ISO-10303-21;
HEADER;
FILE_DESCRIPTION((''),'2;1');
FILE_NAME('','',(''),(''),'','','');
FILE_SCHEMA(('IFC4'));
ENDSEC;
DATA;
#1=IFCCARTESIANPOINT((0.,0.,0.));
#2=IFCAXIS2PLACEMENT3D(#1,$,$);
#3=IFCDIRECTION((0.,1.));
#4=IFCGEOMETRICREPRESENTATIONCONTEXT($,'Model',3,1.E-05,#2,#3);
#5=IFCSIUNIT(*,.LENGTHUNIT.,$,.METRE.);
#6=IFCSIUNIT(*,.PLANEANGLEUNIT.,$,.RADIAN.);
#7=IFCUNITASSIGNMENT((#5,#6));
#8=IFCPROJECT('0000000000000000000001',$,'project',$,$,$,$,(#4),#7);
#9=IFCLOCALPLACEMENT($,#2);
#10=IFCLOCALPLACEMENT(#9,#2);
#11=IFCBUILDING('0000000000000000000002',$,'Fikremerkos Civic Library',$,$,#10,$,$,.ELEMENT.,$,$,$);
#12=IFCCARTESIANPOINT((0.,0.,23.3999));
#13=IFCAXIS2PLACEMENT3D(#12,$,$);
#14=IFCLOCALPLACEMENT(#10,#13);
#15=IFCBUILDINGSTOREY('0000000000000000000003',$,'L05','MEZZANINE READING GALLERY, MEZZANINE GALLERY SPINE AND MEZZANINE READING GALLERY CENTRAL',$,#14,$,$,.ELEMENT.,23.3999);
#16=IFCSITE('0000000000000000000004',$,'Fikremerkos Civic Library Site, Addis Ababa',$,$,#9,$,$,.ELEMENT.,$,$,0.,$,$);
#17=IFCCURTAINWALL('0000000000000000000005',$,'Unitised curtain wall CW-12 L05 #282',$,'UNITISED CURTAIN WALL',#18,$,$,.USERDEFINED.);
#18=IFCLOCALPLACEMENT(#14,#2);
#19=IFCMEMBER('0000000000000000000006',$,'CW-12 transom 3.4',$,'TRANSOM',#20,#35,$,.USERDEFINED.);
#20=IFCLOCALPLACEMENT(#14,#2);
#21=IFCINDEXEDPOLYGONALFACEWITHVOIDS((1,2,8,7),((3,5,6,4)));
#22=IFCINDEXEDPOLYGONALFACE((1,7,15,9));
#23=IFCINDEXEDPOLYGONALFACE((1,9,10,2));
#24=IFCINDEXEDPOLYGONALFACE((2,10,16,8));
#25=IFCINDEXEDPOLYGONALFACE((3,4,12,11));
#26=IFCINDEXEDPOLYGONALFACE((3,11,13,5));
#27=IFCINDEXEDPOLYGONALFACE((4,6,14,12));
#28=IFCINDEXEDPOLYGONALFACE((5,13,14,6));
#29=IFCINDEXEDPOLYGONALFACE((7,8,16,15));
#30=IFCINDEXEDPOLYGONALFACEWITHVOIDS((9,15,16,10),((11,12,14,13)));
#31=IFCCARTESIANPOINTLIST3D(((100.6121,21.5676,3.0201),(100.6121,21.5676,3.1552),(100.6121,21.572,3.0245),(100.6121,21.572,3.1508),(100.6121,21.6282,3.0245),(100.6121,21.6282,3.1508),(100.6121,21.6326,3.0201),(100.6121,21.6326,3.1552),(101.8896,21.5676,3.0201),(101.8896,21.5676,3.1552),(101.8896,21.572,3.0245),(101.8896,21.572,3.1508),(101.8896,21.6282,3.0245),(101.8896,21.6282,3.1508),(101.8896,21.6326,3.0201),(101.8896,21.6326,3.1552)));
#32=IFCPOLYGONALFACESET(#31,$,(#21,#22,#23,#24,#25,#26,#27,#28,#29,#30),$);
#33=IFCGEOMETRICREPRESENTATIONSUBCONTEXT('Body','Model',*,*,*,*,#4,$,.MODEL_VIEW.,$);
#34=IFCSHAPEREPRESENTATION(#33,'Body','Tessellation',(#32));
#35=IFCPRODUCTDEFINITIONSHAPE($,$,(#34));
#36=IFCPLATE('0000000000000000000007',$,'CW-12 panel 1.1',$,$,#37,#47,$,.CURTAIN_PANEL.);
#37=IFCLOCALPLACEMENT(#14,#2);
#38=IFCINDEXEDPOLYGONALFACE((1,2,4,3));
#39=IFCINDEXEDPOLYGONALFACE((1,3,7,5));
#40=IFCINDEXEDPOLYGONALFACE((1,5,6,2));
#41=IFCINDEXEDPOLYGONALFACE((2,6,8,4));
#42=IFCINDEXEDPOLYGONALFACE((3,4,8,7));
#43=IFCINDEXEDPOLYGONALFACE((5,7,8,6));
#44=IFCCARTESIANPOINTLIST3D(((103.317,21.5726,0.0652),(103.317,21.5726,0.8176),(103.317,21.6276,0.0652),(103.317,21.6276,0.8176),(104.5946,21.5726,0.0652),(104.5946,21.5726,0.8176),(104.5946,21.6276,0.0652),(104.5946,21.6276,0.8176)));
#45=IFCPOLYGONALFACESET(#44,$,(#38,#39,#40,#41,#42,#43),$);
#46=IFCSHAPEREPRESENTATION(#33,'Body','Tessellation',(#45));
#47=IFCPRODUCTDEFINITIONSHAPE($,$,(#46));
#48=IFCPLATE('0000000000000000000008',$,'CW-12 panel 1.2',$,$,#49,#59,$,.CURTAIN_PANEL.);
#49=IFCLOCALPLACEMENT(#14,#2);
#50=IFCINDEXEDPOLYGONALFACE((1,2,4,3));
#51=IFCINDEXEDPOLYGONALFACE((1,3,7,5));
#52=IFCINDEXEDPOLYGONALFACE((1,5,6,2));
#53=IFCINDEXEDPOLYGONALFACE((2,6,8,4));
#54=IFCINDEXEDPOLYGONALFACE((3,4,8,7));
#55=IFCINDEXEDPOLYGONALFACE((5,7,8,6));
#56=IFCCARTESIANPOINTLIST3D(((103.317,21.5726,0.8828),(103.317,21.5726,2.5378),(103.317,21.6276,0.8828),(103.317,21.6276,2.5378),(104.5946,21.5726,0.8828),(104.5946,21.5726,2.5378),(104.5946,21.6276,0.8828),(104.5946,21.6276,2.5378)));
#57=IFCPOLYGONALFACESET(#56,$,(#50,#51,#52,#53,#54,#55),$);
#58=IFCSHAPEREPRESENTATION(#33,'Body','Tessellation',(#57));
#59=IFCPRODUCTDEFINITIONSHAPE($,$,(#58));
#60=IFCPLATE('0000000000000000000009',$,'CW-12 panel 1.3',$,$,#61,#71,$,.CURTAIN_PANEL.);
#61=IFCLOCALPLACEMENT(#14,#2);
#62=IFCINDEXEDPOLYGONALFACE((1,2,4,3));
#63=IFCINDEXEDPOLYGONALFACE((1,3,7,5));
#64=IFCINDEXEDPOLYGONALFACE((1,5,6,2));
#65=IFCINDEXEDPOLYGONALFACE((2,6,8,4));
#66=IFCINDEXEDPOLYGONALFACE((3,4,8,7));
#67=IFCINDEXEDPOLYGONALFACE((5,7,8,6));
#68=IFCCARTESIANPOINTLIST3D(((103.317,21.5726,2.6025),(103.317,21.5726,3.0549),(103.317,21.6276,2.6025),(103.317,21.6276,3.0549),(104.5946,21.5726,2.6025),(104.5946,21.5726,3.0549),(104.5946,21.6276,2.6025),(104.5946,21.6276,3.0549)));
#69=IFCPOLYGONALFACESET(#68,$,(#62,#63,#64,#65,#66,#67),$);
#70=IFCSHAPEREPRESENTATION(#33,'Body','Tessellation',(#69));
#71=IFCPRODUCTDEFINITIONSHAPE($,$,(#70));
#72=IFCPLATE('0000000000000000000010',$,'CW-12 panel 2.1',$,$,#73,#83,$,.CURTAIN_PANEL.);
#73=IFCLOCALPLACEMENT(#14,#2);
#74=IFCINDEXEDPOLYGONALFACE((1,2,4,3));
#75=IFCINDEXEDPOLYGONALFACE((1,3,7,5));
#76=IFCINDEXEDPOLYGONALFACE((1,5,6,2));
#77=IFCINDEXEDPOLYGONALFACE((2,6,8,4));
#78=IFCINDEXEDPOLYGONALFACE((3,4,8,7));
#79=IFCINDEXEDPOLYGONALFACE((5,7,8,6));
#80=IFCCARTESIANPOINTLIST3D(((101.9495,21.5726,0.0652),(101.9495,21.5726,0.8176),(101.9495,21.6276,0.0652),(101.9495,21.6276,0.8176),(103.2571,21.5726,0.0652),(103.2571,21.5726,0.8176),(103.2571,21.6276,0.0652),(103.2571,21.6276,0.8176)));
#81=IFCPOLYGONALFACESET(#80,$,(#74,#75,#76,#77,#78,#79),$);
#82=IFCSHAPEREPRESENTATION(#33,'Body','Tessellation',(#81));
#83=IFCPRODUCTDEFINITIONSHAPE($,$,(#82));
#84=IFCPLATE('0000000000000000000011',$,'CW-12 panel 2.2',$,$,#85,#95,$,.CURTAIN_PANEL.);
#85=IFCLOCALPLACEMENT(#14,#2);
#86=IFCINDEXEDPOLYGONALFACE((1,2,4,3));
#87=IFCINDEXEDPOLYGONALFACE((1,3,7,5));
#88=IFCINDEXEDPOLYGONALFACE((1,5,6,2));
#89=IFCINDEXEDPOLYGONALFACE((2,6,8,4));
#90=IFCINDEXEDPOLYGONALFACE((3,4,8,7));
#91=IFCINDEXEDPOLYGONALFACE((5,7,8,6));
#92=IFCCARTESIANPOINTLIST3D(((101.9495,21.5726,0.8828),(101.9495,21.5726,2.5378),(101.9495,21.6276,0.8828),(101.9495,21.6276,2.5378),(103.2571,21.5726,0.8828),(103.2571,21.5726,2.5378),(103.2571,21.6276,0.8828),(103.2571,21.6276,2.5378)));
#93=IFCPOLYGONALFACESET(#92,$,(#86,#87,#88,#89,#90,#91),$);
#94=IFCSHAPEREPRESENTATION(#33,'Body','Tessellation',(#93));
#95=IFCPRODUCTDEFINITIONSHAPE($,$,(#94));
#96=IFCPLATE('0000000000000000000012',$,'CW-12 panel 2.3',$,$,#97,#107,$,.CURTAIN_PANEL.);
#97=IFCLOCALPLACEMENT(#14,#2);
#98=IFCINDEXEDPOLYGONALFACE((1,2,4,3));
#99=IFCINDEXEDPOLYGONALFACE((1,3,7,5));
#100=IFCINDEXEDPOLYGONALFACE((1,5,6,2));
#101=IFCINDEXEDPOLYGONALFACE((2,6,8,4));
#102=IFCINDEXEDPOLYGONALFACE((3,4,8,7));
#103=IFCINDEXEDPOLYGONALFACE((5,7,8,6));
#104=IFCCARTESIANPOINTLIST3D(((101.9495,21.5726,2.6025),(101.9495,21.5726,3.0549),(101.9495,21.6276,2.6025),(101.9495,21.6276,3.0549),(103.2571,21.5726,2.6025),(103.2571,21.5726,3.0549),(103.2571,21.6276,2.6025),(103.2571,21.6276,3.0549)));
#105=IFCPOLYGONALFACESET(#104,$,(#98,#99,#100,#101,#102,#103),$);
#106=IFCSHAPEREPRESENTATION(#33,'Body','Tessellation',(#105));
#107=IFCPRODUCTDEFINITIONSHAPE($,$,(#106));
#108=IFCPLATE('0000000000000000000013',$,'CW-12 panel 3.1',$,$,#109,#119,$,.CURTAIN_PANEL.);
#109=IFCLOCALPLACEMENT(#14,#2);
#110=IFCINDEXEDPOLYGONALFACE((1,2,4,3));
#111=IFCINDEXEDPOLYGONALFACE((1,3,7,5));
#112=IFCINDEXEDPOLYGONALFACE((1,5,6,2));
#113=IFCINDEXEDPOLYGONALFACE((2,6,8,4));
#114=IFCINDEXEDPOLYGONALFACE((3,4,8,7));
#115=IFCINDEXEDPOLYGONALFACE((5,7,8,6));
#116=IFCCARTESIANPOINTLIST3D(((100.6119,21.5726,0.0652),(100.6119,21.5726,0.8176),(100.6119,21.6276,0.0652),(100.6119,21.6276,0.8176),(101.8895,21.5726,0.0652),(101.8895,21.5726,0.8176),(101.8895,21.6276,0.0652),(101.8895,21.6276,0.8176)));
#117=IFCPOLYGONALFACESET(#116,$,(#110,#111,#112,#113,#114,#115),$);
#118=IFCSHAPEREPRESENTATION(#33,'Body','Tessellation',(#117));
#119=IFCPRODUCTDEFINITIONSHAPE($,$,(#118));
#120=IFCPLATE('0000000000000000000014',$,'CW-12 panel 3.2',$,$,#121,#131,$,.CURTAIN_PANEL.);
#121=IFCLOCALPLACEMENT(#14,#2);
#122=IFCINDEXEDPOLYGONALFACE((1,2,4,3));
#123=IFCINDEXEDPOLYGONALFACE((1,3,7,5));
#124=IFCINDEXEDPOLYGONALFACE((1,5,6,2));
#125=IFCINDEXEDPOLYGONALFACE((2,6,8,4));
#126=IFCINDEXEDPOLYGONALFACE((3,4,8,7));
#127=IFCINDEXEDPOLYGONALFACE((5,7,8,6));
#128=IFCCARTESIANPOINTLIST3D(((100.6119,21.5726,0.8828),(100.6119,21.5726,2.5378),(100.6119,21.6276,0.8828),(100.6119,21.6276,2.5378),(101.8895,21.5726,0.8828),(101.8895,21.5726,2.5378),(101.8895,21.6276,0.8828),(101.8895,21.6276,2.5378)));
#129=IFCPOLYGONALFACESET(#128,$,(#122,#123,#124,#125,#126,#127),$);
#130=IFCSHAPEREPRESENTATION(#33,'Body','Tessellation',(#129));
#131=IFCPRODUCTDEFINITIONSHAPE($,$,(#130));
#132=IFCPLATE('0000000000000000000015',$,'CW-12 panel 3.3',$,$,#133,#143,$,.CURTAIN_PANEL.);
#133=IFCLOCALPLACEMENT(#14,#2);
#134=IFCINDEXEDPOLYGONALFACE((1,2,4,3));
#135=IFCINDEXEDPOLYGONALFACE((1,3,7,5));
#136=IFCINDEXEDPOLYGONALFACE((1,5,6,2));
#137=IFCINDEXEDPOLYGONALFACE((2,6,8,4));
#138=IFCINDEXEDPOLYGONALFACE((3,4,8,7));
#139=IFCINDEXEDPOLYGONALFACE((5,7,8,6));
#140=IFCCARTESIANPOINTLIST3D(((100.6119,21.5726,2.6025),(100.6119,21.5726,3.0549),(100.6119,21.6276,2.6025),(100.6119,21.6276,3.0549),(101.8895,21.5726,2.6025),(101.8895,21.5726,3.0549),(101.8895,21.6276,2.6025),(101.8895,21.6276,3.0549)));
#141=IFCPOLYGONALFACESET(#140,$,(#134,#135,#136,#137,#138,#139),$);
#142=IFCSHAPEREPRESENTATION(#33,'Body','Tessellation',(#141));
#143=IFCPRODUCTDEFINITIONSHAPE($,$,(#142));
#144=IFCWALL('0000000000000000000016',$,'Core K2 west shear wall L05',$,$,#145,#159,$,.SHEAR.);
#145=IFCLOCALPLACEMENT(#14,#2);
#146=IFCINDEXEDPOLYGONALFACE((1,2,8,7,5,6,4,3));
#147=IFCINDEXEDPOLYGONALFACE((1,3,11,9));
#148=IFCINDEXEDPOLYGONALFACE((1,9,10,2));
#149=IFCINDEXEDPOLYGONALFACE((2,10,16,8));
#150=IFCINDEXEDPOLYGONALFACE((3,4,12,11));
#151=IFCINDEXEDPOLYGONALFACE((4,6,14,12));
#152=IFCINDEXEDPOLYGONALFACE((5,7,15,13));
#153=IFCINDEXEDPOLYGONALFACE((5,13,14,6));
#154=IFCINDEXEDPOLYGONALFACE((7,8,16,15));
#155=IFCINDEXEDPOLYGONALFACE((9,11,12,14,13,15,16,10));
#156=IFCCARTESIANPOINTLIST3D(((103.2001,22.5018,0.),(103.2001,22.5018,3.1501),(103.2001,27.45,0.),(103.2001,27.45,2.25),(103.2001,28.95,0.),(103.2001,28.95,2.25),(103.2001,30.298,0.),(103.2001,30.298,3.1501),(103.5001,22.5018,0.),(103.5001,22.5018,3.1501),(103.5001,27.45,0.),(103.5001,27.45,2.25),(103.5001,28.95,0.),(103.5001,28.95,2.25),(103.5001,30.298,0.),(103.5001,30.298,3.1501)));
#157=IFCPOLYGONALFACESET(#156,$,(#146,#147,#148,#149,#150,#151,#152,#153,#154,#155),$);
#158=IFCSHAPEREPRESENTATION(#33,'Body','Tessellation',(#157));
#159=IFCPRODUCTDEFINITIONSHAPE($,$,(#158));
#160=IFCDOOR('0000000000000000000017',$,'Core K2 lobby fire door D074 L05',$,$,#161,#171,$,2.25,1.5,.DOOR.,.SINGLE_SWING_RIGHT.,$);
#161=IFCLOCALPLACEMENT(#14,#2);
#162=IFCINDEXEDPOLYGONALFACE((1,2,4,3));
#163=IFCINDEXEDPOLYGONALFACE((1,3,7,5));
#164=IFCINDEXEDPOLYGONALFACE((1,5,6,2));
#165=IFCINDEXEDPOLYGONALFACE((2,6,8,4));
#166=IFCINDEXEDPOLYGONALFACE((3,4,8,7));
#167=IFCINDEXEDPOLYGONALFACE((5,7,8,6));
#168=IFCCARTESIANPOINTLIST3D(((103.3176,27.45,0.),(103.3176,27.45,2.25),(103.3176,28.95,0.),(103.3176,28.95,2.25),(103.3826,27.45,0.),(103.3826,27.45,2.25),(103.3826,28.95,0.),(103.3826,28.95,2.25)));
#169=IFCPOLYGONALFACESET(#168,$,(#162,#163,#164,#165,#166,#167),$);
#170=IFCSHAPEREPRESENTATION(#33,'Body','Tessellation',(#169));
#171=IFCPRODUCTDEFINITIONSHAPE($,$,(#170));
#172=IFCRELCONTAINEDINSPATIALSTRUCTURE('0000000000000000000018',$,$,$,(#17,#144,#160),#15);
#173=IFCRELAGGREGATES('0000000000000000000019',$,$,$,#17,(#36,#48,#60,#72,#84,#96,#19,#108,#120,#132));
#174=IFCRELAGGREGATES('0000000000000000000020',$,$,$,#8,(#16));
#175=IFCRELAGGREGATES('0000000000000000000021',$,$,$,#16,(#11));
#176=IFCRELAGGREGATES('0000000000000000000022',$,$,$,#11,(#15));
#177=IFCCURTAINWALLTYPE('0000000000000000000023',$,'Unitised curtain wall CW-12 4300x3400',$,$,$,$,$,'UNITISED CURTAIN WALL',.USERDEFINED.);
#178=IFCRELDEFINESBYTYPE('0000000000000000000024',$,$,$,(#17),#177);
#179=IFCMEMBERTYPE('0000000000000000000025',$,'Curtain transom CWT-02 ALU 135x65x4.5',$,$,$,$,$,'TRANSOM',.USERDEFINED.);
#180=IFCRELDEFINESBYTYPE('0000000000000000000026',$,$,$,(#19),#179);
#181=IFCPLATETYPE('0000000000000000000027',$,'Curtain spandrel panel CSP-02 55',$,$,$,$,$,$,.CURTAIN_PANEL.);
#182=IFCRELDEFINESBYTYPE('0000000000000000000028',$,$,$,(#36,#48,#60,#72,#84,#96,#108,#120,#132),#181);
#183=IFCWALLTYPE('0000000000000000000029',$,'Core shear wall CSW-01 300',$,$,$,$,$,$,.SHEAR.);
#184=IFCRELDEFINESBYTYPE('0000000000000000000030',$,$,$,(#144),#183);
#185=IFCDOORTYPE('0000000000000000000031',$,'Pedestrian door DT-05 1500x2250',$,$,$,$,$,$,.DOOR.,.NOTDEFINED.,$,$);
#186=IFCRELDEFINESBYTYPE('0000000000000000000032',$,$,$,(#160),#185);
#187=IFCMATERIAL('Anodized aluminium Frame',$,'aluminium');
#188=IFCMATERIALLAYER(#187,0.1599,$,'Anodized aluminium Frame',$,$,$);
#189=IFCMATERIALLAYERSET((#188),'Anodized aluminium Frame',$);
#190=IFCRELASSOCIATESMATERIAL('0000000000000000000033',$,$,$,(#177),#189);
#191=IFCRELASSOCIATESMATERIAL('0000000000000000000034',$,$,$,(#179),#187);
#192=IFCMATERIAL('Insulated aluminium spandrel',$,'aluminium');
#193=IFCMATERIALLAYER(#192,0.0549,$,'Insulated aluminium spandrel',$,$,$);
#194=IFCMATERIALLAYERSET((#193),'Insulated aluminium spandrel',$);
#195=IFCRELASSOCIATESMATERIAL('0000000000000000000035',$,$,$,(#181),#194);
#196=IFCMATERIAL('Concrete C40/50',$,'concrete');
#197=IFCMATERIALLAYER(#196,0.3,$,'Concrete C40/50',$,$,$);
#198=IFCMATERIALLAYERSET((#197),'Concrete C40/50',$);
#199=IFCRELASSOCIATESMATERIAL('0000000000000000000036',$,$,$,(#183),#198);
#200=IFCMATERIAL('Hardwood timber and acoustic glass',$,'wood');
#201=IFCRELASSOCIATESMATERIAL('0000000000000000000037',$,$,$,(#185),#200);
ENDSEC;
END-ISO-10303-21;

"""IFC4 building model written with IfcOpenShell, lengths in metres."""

from ifc_helpers import new_model, si_unit, direction, frame, frame_2d, origin, origin_2d, place, context, subcontext, project, spatial, rectangle, hollow_rectangle, extrude, material, layer, layer_set, material_profile, profile_set, type_object, element, fill, aggregate, save


model = new_model("IFC4")

# Units and contexts
model_context = context("Model", 3, precision=1e-05, world=origin(), true_north=direction((0.0, 1.0)))
body_context = subcontext(model_context, "Body", "Model", "MODEL_VIEW")
ifc_project = project(units=[si_unit("LENGTHUNIT", "METRE"), si_unit("PLANEANGLEUNIT", "RADIAN")], contexts=[model_context])

# Site, building, storey
site_placement = place(None, origin())
site = spatial("IfcSite", under=ifc_project, at=site_placement, Name="Fikremerkos Civic Library Site, Addis Ababa", CompositionType="ELEMENT", RefElevation=0.0)
building_placement = place(site_placement, origin())
building = spatial("IfcBuilding", under=site, at=building_placement, Name="Fikremerkos Civic Library", CompositionType="ELEMENT")
storey_placement = place(building_placement, frame((0.0, 0.0, 23.3999)))
storey = spatial("IfcBuildingStorey", under=building, at=storey_placement, Name="L05", Description="MEZZANINE READING GALLERY, MEZZANINE GALLERY SPINE AND MEZZANINE READING GALLERY CENTRAL", CompositionType="ELEMENT", Elevation=23.3999)

# Curtain wall, member, plates
ifc_material_1 = material(Name="Anodized aluminium Frame", Category="aluminium")
ifc_layer_1 = layer(ifc_material_1, 0.1599, Name="Anodized aluminium Frame")
ifc_layer_set_1 = layer_set([ifc_layer_1], Name="Anodized aluminium Frame")
curtain_wall_type = type_object("IfcCurtainWallType", Name="Unitised curtain wall CW-12 4300x3400", ElementType="UNITISED CURTAIN WALL", PredefinedType="USERDEFINED", material=ifc_layer_set_1)
curtain_wall_placement = place(storey_placement, origin())
curtain_wall = element("IfcCurtainWall", 1, at=curtain_wall_placement, inside=storey, type_object=curtain_wall_type, Name="Unitised curtain wall CW-12 L05 #282", ObjectType="UNITISED CURTAIN WALL", PredefinedType="USERDEFINED")
ifc_material_profile_1 = material_profile(ifc_material_1, hollow_rectangle(XDim=0.0649, YDim=0.135, WallThickness=0.0044, at=origin_2d()), Name="ALU 135x65x4.5")
ifc_profile_set_1 = profile_set([ifc_material_profile_1], Name="Anodized aluminium Frame")
member_type_1 = type_object("IfcMemberType", Name="Curtain transom CWT-02 ALU 135x65x4.5", ElementType="TRANSOM", PredefinedType="USERDEFINED", material=ifc_profile_set_1)
member_1_placement = place(storey_placement, frame((101.8896, 21.6001, 3.0876), z_axis=(-1.0, 0.0, 0.0), x_axis=(0.0, -1.0, 0.0)))
member_1 = element("IfcMember", 2, at=member_1_placement, type_object=member_type_1, Name="CW-12 transom 3.4", ObjectType="TRANSOM", PredefinedType="USERDEFINED", context=body_context, shape_type="SweptSolid", body=[
    extrude(hollow_rectangle(XDim=0.0649, YDim=0.135, WallThickness=0.0044, at=origin_2d()), origin(), (0.0, 0.0, 1.0), 1.2776),
])
ifc_material_2 = material(Name="Insulated aluminium spandrel", Category="aluminium")
ifc_layer_2 = layer(ifc_material_2, 0.0549, Name="Insulated aluminium spandrel")
ifc_layer_set_2 = layer_set([ifc_layer_2], Name="Insulated aluminium spandrel")
plate_type = type_object("IfcPlateType", Name="Curtain spandrel panel CSP-02 55", PredefinedType="CURTAIN_PANEL", material=ifc_layer_set_2)
plate_1_placement = place(storey_placement, frame((103.9558, 21.6001, 0.0652), z_axis=(0.0, 0.0, 1.0), x_axis=(-1.0, 0.0, 0.0)))
plate_1 = element("IfcPlate", 3, at=plate_1_placement, type_object=plate_type, Name="CW-12 panel 1.1", PredefinedType="CURTAIN_PANEL", context=body_context, shape_type="SweptSolid", body=[
    extrude(rectangle(XDim=1.2776, YDim=0.0549, at=origin_2d()), origin(), (0.0, 0.0, 1.0), 0.7524),
])
plate_2_placement = place(storey_placement, frame((103.9558, 21.6001, 0.8828), z_axis=(0.0, 0.0, 1.0), x_axis=(-1.0, 0.0, 0.0)))
plate_2 = element("IfcPlate", 4, at=plate_2_placement, type_object=plate_type, Name="CW-12 panel 1.2", PredefinedType="CURTAIN_PANEL", context=body_context, shape_type="SweptSolid", body=[
    extrude(rectangle(XDim=1.2776, YDim=0.0549, at=origin_2d()), origin(), (0.0, 0.0, 1.0), 1.655),
])
plate_3_placement = place(storey_placement, frame((103.9558, 21.6001, 2.6025), z_axis=(0.0, 0.0, 1.0), x_axis=(-1.0, 0.0, 0.0)))
plate_3 = element("IfcPlate", 5, at=plate_3_placement, type_object=plate_type, Name="CW-12 panel 1.3", PredefinedType="CURTAIN_PANEL", context=body_context, shape_type="SweptSolid", body=[
    extrude(rectangle(XDim=1.2776, YDim=0.0549, at=origin_2d()), origin(), (0.0, 0.0, 1.0), 0.4524),
])
plate_4_placement = place(storey_placement, frame((102.6033, 21.6001, 0.0652), z_axis=(0.0, 0.0, 1.0), x_axis=(-1.0, 0.0, 0.0)))
plate_4 = element("IfcPlate", 6, at=plate_4_placement, type_object=plate_type, Name="CW-12 panel 2.1", PredefinedType="CURTAIN_PANEL", context=body_context, shape_type="SweptSolid", body=[
    extrude(rectangle(XDim=1.3076, YDim=0.0549, at=origin_2d()), origin(), (0.0, 0.0, 1.0), 0.7524),
])
plate_5_placement = place(storey_placement, frame((102.6033, 21.6001, 0.8828), z_axis=(0.0, 0.0, 1.0), x_axis=(-1.0, 0.0, 0.0)))
plate_5 = element("IfcPlate", 7, at=plate_5_placement, type_object=plate_type, Name="CW-12 panel 2.2", PredefinedType="CURTAIN_PANEL", context=body_context, shape_type="SweptSolid", body=[
    extrude(rectangle(XDim=1.3076, YDim=0.0549, at=origin_2d()), origin(), (0.0, 0.0, 1.0), 1.655),
])
plate_6_placement = place(storey_placement, frame((102.6033, 21.6001, 2.6025), z_axis=(0.0, 0.0, 1.0), x_axis=(-1.0, 0.0, 0.0)))
plate_6 = element("IfcPlate", 8, at=plate_6_placement, type_object=plate_type, Name="CW-12 panel 2.3", PredefinedType="CURTAIN_PANEL", context=body_context, shape_type="SweptSolid", body=[
    extrude(rectangle(XDim=1.3076, YDim=0.0549, at=origin_2d()), origin(), (0.0, 0.0, 1.0), 0.4524),
])
plate_7_placement = place(storey_placement, frame((101.2507, 21.6001, 0.0652), z_axis=(0.0, 0.0, 1.0), x_axis=(-1.0, 0.0, 0.0)))
plate_7 = element("IfcPlate", 9, at=plate_7_placement, type_object=plate_type, Name="CW-12 panel 3.1", PredefinedType="CURTAIN_PANEL", context=body_context, shape_type="SweptSolid", body=[
    extrude(rectangle(XDim=1.2776, YDim=0.0549, at=origin_2d()), origin(), (0.0, 0.0, 1.0), 0.7524),
])
plate_8_placement = place(storey_placement, frame((101.2507, 21.6001, 0.8828), z_axis=(0.0, 0.0, 1.0), x_axis=(-1.0, 0.0, 0.0)))
plate_8 = element("IfcPlate", 10, at=plate_8_placement, type_object=plate_type, Name="CW-12 panel 3.2", PredefinedType="CURTAIN_PANEL", context=body_context, shape_type="SweptSolid", body=[
    extrude(rectangle(XDim=1.2776, YDim=0.0549, at=origin_2d()), origin(), (0.0, 0.0, 1.0), 1.655),
])
plate_9_placement = place(storey_placement, frame((101.2507, 21.6001, 2.6025), z_axis=(0.0, 0.0, 1.0), x_axis=(-1.0, 0.0, 0.0)))
plate_9 = element("IfcPlate", 11, at=plate_9_placement, type_object=plate_type, Name="CW-12 panel 3.3", PredefinedType="CURTAIN_PANEL", context=body_context, shape_type="SweptSolid", body=[
    extrude(rectangle(XDim=1.2776, YDim=0.0549, at=origin_2d()), origin(), (0.0, 0.0, 1.0), 0.4524),
])
aggregate(curtain_wall, [plate_1, plate_2, plate_3, plate_4, plate_5, plate_6, member_1, plate_7, plate_8, plate_9])

# Wall, opening, door
ifc_material_3 = material(Name="Concrete C40/50", Category="concrete")
ifc_layer_3 = layer(ifc_material_3, 0.3, Name="Concrete C40/50")
ifc_layer_set_3 = layer_set([ifc_layer_3], Name="Concrete C40/50")
wall_type_1 = type_object("IfcWallType", Name="Core shear wall CSW-01 300", PredefinedType="SHEAR", material=ifc_layer_set_3)
wall_1_placement = place(storey_placement, frame((103.3501, 22.502, 0.0), z_axis=(0.0, 0.0, 1.0), x_axis=(0.0, 1.0, 0.0)))
wall_1 = element("IfcWall", 12, at=wall_1_placement, inside=storey, type_object=wall_type_1, Name="Core K2 west shear wall L05", PredefinedType="SHEAR", context=body_context, shape_type="SweptSolid", body=[
    extrude(rectangle(XDim=7.7961, YDim=0.3, at=frame_2d((3.8979, 0.0))), origin(), (0.0, 0.0, 1.0), 3.1501),
])
opening_1_placement = place(wall_1_placement, frame((4.948, 0.0, 0.0)))
opening_1 = element("IfcOpeningElement", 13, at=opening_1_placement, cuts=wall_1, PredefinedType="OPENING", context=body_context, shape_type="SweptSolid", body=[
    extrude(rectangle(XDim=1.5, YDim=2.25, at=frame_2d((0.75, 1.125))), frame((0.0, 0.1599, 0.0), z_axis=(0.0, -1.0, 0.0), x_axis=(1.0, 0.0, 0.0)), (0.0, 0.0, 1.0), 0.3201),
])
ifc_material_4 = material(Name="Hardwood timber and acoustic glass", Category="wood")
door_type_1 = type_object("IfcDoorType", Name="Pedestrian door DT-05 1500x2250", OperationType="NOTDEFINED", PredefinedType="DOOR", material=ifc_material_4)
door_1_placement = place(opening_1_placement, origin())
door_1 = element("IfcDoor", 14, at=door_1_placement, inside=storey, type_object=door_type_1, Name="Core K2 lobby fire door D074 L05", OperationType="SINGLE_SWING_RIGHT", OverallHeight=2.25, OverallWidth=1.5, PredefinedType="DOOR", context=body_context, shape_type="SweptSolid", body=[
    extrude(rectangle(XDim=1.5, YDim=2.25, at=frame_2d((0.75, 1.125))), frame((0.0, 0.0325, 0.0), z_axis=(0.0, -1.0, 0.0), x_axis=(1.0, 0.0, 0.0)), (0.0, 0.0, 1.0), 0.0649),
])
fill(opening_1, door_1)

save(model, "model.ifc")
